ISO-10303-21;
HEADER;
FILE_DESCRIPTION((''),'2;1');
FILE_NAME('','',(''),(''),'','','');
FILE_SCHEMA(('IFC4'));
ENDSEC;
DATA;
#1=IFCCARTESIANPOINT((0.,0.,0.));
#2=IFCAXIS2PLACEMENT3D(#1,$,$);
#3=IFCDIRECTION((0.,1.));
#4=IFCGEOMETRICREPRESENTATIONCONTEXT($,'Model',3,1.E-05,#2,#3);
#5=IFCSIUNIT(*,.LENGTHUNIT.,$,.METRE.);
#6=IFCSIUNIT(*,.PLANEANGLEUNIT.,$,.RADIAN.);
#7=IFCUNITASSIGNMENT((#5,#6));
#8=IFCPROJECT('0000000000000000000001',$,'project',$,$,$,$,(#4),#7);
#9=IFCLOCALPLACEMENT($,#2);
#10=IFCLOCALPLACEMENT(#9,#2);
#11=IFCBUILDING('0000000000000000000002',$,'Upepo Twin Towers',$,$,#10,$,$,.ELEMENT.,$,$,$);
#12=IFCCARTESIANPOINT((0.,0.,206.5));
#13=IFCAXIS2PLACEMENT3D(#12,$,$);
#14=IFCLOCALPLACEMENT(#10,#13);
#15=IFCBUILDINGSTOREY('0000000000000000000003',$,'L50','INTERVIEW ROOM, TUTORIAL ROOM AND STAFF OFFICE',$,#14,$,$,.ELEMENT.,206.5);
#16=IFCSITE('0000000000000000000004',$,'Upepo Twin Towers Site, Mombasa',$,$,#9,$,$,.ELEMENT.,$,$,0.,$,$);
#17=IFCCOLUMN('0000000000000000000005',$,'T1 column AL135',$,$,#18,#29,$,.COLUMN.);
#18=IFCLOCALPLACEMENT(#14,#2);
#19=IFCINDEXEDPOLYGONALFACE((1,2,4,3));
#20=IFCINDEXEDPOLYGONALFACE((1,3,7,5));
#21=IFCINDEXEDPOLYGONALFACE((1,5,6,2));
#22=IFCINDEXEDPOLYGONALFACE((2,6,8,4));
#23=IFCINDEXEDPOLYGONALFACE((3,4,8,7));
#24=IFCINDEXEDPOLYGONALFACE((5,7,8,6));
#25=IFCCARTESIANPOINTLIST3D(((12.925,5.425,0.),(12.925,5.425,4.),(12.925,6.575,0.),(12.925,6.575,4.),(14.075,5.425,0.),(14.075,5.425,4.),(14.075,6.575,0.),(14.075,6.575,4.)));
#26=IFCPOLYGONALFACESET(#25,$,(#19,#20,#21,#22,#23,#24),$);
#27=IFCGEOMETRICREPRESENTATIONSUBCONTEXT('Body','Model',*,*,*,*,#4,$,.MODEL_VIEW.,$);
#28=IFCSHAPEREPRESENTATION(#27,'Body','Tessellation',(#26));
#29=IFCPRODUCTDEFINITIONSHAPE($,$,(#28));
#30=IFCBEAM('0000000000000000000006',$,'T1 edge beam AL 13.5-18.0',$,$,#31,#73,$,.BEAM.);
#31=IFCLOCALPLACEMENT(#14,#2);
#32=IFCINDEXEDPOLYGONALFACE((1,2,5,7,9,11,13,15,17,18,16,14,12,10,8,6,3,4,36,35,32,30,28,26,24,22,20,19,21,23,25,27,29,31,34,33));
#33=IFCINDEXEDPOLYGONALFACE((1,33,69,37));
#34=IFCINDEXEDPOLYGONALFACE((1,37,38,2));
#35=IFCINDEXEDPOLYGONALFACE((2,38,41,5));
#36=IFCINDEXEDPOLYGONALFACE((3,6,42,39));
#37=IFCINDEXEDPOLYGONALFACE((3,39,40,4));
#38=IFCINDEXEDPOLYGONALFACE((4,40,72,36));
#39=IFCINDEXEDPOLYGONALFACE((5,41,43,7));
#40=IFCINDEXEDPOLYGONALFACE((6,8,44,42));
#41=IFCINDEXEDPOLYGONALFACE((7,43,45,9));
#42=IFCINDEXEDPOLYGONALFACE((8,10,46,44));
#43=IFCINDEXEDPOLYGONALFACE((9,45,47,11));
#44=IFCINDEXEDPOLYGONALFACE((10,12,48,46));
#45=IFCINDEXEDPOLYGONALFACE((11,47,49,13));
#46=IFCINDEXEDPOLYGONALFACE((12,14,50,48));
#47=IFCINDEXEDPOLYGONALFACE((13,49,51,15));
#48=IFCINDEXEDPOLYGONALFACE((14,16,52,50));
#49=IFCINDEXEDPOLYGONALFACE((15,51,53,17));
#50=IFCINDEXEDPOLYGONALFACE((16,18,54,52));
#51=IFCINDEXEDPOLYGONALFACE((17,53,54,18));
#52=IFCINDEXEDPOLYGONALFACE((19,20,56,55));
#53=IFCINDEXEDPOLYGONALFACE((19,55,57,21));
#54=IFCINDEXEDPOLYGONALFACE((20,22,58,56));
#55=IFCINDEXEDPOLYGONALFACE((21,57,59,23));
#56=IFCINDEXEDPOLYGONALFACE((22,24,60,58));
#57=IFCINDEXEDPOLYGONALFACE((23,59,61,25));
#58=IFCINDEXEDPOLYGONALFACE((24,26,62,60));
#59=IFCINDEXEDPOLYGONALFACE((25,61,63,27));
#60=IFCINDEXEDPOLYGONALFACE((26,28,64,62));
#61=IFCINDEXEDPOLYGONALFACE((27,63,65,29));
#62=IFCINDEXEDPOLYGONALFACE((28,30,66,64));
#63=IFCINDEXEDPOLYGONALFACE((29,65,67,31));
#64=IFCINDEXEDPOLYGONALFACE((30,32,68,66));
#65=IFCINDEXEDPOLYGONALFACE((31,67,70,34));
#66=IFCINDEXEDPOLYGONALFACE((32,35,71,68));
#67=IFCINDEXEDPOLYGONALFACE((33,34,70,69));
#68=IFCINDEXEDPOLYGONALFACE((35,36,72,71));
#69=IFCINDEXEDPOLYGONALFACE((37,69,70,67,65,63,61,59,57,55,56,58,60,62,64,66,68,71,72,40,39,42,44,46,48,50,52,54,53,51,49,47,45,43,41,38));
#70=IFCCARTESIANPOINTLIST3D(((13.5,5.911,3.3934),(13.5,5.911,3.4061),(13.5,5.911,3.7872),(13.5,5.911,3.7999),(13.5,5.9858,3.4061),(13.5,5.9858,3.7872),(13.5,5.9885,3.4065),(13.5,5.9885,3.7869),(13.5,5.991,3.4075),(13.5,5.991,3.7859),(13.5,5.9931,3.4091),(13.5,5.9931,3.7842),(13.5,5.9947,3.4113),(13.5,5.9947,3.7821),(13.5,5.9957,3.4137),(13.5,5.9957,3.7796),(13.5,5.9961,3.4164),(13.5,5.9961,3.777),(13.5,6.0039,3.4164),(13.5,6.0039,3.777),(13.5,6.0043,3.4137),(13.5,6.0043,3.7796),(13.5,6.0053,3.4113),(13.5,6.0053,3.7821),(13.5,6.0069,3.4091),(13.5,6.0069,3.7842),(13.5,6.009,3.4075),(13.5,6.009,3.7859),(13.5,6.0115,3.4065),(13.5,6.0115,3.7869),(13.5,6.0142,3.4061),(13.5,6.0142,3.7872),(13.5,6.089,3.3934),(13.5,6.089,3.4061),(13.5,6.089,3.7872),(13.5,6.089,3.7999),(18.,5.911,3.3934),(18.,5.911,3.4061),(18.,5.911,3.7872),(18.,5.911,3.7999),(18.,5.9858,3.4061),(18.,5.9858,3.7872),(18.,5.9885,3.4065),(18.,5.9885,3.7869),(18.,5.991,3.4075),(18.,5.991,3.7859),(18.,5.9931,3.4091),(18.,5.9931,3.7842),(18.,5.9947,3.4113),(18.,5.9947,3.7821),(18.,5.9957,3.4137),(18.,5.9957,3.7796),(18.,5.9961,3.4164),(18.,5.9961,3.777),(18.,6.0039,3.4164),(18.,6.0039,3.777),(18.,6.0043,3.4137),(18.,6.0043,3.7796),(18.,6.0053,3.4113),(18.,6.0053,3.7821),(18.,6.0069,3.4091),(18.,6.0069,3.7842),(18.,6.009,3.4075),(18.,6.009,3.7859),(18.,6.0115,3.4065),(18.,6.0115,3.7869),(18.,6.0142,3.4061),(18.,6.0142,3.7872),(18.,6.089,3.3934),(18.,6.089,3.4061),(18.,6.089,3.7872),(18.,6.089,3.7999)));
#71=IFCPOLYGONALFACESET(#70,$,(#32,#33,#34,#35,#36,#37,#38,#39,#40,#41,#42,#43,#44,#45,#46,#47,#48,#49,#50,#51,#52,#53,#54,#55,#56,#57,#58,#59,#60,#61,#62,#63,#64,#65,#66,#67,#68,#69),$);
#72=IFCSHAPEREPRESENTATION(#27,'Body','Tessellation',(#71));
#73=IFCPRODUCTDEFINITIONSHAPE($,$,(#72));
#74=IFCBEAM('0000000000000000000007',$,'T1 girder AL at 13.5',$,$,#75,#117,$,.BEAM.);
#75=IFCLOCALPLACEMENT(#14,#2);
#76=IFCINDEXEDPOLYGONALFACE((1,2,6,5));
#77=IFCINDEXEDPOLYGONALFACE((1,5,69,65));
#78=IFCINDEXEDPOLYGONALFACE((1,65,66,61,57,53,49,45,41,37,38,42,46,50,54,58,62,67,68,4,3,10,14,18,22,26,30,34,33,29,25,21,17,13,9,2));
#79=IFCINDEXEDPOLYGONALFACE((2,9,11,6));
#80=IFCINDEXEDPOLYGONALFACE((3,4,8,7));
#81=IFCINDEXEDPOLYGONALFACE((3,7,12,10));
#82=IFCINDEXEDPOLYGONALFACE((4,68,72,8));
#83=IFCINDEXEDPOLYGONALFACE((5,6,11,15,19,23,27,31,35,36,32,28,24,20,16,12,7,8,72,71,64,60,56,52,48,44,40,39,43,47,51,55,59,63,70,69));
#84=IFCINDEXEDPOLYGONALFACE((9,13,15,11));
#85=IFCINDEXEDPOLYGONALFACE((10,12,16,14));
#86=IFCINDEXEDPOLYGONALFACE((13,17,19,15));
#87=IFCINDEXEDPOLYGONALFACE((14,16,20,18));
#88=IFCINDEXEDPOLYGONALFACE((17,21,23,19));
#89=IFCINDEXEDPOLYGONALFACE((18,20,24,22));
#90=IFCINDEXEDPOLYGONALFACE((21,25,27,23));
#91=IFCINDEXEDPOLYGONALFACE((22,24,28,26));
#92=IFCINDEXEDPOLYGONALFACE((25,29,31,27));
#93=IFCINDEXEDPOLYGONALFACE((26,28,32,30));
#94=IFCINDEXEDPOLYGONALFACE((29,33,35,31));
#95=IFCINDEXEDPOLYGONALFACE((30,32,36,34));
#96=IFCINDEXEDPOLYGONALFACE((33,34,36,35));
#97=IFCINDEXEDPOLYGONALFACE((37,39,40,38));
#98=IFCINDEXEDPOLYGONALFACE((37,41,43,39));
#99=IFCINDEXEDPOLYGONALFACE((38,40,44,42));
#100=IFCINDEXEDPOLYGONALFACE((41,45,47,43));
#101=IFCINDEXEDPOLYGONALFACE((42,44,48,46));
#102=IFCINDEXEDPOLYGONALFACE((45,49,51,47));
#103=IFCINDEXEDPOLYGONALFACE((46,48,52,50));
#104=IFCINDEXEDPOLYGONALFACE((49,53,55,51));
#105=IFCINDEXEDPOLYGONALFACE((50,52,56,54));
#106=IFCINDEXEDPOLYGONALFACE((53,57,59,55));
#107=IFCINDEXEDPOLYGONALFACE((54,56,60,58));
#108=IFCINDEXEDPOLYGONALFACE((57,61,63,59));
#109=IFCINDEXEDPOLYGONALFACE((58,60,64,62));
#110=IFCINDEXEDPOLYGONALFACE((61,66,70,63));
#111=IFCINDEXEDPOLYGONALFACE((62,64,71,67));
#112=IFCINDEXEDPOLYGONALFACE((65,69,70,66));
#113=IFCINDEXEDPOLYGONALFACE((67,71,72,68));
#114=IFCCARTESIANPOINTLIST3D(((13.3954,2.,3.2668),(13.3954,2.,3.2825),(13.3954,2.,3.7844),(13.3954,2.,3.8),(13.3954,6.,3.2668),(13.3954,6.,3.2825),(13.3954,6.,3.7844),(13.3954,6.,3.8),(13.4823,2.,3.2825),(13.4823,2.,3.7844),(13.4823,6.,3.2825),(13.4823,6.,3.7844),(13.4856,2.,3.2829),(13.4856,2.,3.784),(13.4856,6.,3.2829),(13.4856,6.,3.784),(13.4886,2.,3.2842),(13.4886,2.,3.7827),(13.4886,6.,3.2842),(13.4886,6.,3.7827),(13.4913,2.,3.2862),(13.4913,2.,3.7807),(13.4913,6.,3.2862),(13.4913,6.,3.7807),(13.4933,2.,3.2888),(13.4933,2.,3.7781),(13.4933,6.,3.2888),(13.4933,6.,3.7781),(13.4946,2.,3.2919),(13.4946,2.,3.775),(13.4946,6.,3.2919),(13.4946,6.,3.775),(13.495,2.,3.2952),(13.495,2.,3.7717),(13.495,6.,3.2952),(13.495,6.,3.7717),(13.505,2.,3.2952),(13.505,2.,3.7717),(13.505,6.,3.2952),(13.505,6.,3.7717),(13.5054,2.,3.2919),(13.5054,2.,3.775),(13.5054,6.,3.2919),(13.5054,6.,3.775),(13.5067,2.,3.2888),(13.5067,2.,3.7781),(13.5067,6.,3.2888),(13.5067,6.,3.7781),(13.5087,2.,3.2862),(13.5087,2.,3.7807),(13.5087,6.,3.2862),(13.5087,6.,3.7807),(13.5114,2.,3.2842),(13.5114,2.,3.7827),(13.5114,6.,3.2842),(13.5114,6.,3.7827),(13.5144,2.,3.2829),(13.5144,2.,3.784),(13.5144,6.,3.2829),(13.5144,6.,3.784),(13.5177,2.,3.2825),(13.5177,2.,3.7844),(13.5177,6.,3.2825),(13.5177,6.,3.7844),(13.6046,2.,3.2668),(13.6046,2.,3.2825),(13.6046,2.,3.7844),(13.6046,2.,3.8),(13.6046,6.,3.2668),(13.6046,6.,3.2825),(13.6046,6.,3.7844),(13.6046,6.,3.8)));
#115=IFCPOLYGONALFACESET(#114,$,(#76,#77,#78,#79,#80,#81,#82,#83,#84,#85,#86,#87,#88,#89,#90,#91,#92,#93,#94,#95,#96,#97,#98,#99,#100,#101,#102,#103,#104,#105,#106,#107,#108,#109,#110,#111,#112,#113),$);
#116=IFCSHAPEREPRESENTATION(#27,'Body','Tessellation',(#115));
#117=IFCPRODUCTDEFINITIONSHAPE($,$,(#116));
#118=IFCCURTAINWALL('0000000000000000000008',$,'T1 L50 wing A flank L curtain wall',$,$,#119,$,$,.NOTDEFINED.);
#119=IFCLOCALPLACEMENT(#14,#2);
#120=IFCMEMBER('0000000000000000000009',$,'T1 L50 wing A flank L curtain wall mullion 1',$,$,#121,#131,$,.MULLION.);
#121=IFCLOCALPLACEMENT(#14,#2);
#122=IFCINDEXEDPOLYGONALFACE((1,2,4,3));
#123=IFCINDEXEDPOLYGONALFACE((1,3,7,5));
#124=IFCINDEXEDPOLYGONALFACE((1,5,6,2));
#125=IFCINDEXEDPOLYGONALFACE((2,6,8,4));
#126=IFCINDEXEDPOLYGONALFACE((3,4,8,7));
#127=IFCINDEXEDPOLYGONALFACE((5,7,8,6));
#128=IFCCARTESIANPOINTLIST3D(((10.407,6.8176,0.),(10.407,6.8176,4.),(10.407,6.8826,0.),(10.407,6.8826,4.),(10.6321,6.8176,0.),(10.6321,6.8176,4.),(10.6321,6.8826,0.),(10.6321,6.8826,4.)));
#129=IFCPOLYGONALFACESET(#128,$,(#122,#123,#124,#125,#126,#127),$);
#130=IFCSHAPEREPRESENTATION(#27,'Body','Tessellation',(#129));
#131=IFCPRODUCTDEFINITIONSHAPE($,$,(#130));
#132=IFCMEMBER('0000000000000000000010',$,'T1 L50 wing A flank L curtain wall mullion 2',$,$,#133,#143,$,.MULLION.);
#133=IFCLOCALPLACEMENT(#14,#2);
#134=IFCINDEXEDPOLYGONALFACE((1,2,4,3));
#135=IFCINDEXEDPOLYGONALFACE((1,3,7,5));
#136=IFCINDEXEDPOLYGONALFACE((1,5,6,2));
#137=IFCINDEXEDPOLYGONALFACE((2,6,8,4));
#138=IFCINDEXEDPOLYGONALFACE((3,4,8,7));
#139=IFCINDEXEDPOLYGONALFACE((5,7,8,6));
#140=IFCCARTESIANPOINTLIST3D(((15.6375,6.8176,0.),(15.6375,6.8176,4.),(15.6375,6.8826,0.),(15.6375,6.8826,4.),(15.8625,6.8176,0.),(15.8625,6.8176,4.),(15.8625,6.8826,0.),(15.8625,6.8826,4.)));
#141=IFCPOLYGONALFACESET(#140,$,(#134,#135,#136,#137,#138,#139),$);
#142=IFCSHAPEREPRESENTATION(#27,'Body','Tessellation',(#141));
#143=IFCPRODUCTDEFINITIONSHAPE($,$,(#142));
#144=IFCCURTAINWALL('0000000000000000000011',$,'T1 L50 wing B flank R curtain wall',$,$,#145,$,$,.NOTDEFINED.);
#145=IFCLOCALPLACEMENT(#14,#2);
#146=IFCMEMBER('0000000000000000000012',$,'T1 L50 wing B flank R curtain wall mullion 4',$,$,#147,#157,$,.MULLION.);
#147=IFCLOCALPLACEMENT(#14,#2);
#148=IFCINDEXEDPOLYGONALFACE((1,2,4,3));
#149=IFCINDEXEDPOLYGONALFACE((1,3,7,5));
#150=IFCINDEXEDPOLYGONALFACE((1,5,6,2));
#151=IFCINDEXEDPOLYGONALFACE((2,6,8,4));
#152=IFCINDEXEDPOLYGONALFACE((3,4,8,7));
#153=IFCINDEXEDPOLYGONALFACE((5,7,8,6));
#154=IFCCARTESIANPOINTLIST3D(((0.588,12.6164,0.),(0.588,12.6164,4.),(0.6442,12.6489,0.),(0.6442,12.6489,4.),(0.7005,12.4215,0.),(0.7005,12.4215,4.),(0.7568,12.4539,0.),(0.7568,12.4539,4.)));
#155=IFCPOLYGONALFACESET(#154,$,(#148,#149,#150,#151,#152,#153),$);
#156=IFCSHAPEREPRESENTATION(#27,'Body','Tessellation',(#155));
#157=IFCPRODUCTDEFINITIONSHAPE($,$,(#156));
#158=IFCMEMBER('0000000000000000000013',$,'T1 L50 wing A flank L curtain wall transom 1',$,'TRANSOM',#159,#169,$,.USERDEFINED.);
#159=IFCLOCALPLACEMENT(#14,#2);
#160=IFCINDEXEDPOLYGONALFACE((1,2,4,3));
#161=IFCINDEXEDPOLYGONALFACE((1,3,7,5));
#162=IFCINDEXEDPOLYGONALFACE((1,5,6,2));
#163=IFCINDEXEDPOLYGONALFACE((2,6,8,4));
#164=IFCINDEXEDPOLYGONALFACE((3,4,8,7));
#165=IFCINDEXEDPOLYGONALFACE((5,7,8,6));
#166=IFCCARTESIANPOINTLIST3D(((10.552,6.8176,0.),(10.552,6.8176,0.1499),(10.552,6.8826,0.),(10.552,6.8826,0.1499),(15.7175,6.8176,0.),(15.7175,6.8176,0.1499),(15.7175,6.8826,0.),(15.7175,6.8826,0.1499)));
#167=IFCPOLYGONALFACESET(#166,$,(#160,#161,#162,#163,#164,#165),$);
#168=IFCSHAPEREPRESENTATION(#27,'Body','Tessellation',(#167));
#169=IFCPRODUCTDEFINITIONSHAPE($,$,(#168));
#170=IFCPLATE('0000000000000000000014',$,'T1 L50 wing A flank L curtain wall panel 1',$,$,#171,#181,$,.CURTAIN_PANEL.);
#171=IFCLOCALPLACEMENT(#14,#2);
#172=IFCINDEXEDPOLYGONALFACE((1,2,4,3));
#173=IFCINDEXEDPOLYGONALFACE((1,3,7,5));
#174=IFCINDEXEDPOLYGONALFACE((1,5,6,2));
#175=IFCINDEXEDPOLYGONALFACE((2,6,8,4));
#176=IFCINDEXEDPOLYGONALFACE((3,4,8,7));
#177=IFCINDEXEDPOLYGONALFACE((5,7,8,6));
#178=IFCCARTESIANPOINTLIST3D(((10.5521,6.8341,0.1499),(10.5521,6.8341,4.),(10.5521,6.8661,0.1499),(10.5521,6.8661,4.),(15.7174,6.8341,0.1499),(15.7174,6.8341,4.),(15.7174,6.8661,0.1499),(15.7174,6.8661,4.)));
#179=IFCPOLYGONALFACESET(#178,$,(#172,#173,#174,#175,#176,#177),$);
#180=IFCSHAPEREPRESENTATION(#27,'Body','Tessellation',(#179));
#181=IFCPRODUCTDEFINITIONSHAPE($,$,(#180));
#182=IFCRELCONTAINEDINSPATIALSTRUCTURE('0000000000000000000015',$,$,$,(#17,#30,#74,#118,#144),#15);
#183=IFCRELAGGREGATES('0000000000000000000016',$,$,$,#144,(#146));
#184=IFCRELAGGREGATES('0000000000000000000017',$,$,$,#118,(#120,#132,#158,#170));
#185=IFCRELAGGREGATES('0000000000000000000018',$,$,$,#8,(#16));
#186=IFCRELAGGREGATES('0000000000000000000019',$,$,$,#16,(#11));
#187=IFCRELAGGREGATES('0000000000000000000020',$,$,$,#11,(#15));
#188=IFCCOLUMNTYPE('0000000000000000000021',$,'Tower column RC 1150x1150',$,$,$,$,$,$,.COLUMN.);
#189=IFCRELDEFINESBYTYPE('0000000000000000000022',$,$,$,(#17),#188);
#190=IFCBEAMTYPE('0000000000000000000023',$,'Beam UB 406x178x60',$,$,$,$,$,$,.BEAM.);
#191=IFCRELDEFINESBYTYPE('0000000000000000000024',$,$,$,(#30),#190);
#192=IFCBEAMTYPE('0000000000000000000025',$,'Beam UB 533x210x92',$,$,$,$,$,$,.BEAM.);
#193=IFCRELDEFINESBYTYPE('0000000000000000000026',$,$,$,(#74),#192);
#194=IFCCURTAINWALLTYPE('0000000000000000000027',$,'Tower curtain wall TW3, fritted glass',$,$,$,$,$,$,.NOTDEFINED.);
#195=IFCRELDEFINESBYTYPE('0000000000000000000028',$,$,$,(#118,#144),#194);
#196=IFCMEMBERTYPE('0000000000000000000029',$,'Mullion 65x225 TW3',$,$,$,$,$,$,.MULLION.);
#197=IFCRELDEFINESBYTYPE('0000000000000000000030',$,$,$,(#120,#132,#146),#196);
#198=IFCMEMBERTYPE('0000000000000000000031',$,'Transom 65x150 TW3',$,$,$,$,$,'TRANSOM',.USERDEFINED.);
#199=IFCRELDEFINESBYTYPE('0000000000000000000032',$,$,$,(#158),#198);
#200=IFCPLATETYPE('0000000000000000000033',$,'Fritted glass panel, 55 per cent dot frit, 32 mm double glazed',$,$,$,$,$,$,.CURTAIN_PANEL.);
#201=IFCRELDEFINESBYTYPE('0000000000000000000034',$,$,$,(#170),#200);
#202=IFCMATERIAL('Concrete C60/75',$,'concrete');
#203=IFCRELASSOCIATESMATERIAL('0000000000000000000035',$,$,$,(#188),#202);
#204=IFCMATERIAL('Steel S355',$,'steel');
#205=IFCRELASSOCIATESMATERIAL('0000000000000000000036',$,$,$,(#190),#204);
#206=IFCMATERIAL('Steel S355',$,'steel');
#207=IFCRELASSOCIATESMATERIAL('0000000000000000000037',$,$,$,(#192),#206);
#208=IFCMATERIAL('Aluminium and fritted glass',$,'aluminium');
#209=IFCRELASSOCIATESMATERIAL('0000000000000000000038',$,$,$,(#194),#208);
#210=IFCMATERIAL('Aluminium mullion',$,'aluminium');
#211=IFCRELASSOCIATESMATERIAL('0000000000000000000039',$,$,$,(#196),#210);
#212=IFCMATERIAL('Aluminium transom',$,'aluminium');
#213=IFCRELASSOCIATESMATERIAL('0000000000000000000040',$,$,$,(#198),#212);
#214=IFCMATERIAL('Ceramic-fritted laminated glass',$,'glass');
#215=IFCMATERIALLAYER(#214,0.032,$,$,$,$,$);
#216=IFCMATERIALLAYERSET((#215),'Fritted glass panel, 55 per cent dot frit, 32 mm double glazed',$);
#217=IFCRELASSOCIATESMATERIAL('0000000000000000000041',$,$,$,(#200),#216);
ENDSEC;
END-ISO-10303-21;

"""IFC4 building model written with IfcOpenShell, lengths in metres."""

from ifc_helpers import new_model, si_unit, direction, frame, origin, origin_2d, place, context, subcontext, project, spatial, rectangle, i_section, extrude, material, layer, layer_set, material_profile, profile_set, type_object, element, aggregate, save


model = new_model("IFC4")

# Units and contexts
model_context = context("Model", 3, precision=1e-05, world=origin(), true_north=direction((0.0, 1.0)))
body_context = subcontext(model_context, "Body", "Model", "MODEL_VIEW")
ifc_project = project(units=[si_unit("LENGTHUNIT", "METRE"), si_unit("PLANEANGLEUNIT", "RADIAN")], contexts=[model_context])

# Site, building, storey
site_placement = place(None, origin())
site = spatial("IfcSite", under=ifc_project, at=site_placement, Name="Upepo Twin Towers Site, Mombasa", CompositionType="ELEMENT", RefElevation=0.0)
building_placement = place(site_placement, origin())
building = spatial("IfcBuilding", under=site, at=building_placement, Name="Upepo Twin Towers", CompositionType="ELEMENT")
storey_placement = place(building_placement, frame((0.0, 0.0, 206.5)))
storey = spatial("IfcBuildingStorey", under=building, at=storey_placement, Name="L50", Description="INTERVIEW ROOM, TUTORIAL ROOM AND STAFF OFFICE", CompositionType="ELEMENT", Elevation=206.5)

# Column
ifc_material_1 = material(Name="Concrete C60/75", Category="concrete")
ifc_material_profile_1 = material_profile(ifc_material_1, rectangle(XDim=1.1499, YDim=1.1499, at=origin_2d()), Name="RC 1150x1150")
ifc_profile_set_1 = profile_set([ifc_material_profile_1], Name="Concrete C60/75")
column_type = type_object("IfcColumnType", Name="Tower column RC 1150x1150", PredefinedType="COLUMN", material=ifc_profile_set_1)
column_placement = place(storey_placement, frame((13.5, 6.0, 0.0), z_axis=(0.0, 0.0, 1.0), x_axis=(1.0, 0.0, 0.0)))
element("IfcColumn", 1, at=column_placement, inside=storey, type_object=column_type, Name="T1 column AL135", PredefinedType="COLUMN", context=body_context, shape_type="SweptSolid", body=[
    extrude(rectangle(XDim=1.1499, YDim=1.1499, at=origin_2d()), origin(), (0.0, 0.0, 1.0), 4.0),
])

# Beams
ifc_material_2 = material(Name="Steel S355", Category="steel")
ifc_material_profile_2 = material_profile(ifc_material_2, i_section(OverallWidth=0.178, OverallDepth=0.4065, WebThickness=0.0078, FlangeThickness=0.0127, FilletRadius=0.0103, at=origin_2d()), Name="UB 406x178x60")
ifc_profile_set_2 = profile_set([ifc_material_profile_2], Name="Steel S355")
beam_type_1 = type_object("IfcBeamType", Name="Beam UB 406x178x60", PredefinedType="BEAM", material=ifc_profile_set_2)
beam_1_placement = place(storey_placement, frame((13.5, 6.0, 3.5967), z_axis=(1.0, 0.0, 0.0), x_axis=(0.0, 1.0, 0.0)))
element("IfcBeam", 2, at=beam_1_placement, inside=storey, type_object=beam_type_1, Name="T1 edge beam AL 13.5-18.0", PredefinedType="BEAM", context=body_context, shape_type="SweptSolid", body=[
    extrude(i_section(OverallWidth=0.178, OverallDepth=0.4065, WebThickness=0.0078, FlangeThickness=0.0127, FilletRadius=0.0103, at=origin_2d()), origin(), (0.0, 0.0, 1.0), 4.5),
])
ifc_material_3 = material(Name="Steel S355", Category="steel")
ifc_material_profile_3 = material_profile(ifc_material_3, i_section(OverallWidth=0.2092, OverallDepth=0.5332, WebThickness=0.01, FlangeThickness=0.0156, FilletRadius=0.0127, at=origin_2d()), Name="UB 533x210x92")
ifc_profile_set_3 = profile_set([ifc_material_profile_3], Name="Steel S355")
beam_type_2 = type_object("IfcBeamType", Name="Beam UB 533x210x92", PredefinedType="BEAM", material=ifc_profile_set_3)
beam_2_placement = place(storey_placement, frame((13.5, 6.0, 3.5334), z_axis=(0.0, -1.0, 0.0), x_axis=(1.0, 0.0, 0.0)))
element("IfcBeam", 3, at=beam_2_placement, inside=storey, type_object=beam_type_2, Name="T1 girder AL at 13.5", PredefinedType="BEAM", context=body_context, shape_type="SweptSolid", body=[
    extrude(i_section(OverallWidth=0.2092, OverallDepth=0.5332, WebThickness=0.01, FlangeThickness=0.0156, FilletRadius=0.0127, at=origin_2d()), origin(), (0.0, 0.0, 1.0), 4.0),
])

# Curtain wall, members
ifc_material_4 = material(Name="Aluminium and fritted glass", Category="aluminium")
curtain_wall_type = type_object("IfcCurtainWallType", Name="Tower curtain wall TW3, fritted glass", PredefinedType="NOTDEFINED", material=ifc_material_4)
curtain_wall_1_placement = place(storey_placement, origin())
curtain_wall_1 = element("IfcCurtainWall", 4, at=curtain_wall_1_placement, inside=storey, type_object=curtain_wall_type, Name="T1 L50 wing A flank L curtain wall", PredefinedType="NOTDEFINED")
ifc_material_5 = material(Name="Aluminium mullion", Category="aluminium")
ifc_material_profile_4 = material_profile(ifc_material_5, rectangle(XDim=0.0649, YDim=0.2251, at=origin_2d()), Name="MULLION 65x225")
ifc_profile_set_4 = profile_set([ifc_material_profile_4], Name="Aluminium mullion")
member_type_1 = type_object("IfcMemberType", Name="Mullion 65x225 TW3", PredefinedType="MULLION", material=ifc_profile_set_4)
member_1_placement = place(storey_placement, frame((10.5195, 6.8501, 0.0), z_axis=(0.0, 0.0, 1.0), x_axis=(0.0, 1.0, 0.0)))
member_1 = element("IfcMember", 5, at=member_1_placement, type_object=member_type_1, Name="T1 L50 wing A flank L curtain wall mullion 1", PredefinedType="MULLION", context=body_context, shape_type="SweptSolid", body=[
    extrude(rectangle(XDim=0.0649, YDim=0.2251, at=origin_2d()), origin(), (0.0, 0.0, 1.0), 4.0),
])
member_2_placement = place(storey_placement, frame((15.75, 6.8501, 0.0), z_axis=(0.0, 0.0, 1.0), x_axis=(0.0, 1.0, 0.0)))
member_2 = element("IfcMember", 6, at=member_2_placement, type_object=member_type_1, Name="T1 L50 wing A flank L curtain wall mullion 2", PredefinedType="MULLION", context=body_context, shape_type="SweptSolid", body=[
    extrude(rectangle(XDim=0.0649, YDim=0.2251, at=origin_2d()), origin(), (0.0, 0.0, 1.0), 4.0),
])

# Curtain wall, member
curtain_wall_2_placement = place(storey_placement, origin())
curtain_wall_2 = element("IfcCurtainWall", 7, at=curtain_wall_2_placement, inside=storey, type_object=curtain_wall_type, Name="T1 L50 wing B flank R curtain wall", PredefinedType="NOTDEFINED")
member_3_placement = place(storey_placement, frame((0.6724, 12.5352, 0.0), z_axis=(0.0, 0.0, 1.0), x_axis=(0.866025, 0.5, 0.0)))
member_3 = element("IfcMember", 8, at=member_3_placement, type_object=member_type_1, Name="T1 L50 wing B flank R curtain wall mullion 4", PredefinedType="MULLION", context=body_context, shape_type="SweptSolid", body=[
    extrude(rectangle(XDim=0.0649, YDim=0.2251, at=origin_2d()), origin(), (0.0, 0.0, 1.0), 4.0),
])
aggregate(curtain_wall_2, [member_3])

# Member
ifc_material_6 = material(Name="Aluminium transom", Category="aluminium")
ifc_material_profile_5 = material_profile(ifc_material_6, rectangle(XDim=0.0649, YDim=0.1499, at=origin_2d()), Name="TRANSOM 65x150")
ifc_profile_set_5 = profile_set([ifc_material_profile_5], Name="Aluminium transom")
member_type_2 = type_object("IfcMemberType", Name="Transom 65x150 TW3", ElementType="TRANSOM", PredefinedType="USERDEFINED", material=ifc_profile_set_5)
member_4_placement = place(storey_placement, frame((10.552, 6.8501, 0.075), z_axis=(1.0, 0.0, 0.0), x_axis=(0.0, 1.0, 0.0)))
member_4 = element("IfcMember", 9, at=member_4_placement, type_object=member_type_2, Name="T1 L50 wing A flank L curtain wall transom 1", ObjectType="TRANSOM", PredefinedType="USERDEFINED", context=body_context, shape_type="SweptSolid", body=[
    extrude(rectangle(XDim=0.0649, YDim=0.1499, at=origin_2d()), origin(), (0.0, 0.0, 1.0), 5.1655),
])

# Plate
ifc_material_7 = material(Name="Ceramic-fritted laminated glass", Category="glass")
ifc_layer_1 = layer(ifc_material_7, 0.032)
ifc_layer_set_1 = layer_set([ifc_layer_1], Name="Fritted glass panel, 55 per cent dot frit, 32 mm double glazed")
plate_type = type_object("IfcPlateType", Name="Fritted glass panel, 55 per cent dot frit, 32 mm double glazed", PredefinedType="CURTAIN_PANEL", material=ifc_layer_set_1)
plate_placement = place(storey_placement, frame((13.1348, 6.8501, 0.1499), z_axis=(0.0, 0.0, 1.0), x_axis=(1.0, 0.0, 0.0)))
plate = element("IfcPlate", 10, at=plate_placement, type_object=plate_type, Name="T1 L50 wing A flank L curtain wall panel 1", PredefinedType="CURTAIN_PANEL", context=body_context, shape_type="SweptSolid", body=[
    extrude(rectangle(XDim=5.1653, YDim=0.032, at=origin_2d()), origin(), (0.0, 0.0, 1.0), 3.8501),
])
aggregate(curtain_wall_1, [member_1, member_2, member_4, plate])

save(model, "model.ifc")
